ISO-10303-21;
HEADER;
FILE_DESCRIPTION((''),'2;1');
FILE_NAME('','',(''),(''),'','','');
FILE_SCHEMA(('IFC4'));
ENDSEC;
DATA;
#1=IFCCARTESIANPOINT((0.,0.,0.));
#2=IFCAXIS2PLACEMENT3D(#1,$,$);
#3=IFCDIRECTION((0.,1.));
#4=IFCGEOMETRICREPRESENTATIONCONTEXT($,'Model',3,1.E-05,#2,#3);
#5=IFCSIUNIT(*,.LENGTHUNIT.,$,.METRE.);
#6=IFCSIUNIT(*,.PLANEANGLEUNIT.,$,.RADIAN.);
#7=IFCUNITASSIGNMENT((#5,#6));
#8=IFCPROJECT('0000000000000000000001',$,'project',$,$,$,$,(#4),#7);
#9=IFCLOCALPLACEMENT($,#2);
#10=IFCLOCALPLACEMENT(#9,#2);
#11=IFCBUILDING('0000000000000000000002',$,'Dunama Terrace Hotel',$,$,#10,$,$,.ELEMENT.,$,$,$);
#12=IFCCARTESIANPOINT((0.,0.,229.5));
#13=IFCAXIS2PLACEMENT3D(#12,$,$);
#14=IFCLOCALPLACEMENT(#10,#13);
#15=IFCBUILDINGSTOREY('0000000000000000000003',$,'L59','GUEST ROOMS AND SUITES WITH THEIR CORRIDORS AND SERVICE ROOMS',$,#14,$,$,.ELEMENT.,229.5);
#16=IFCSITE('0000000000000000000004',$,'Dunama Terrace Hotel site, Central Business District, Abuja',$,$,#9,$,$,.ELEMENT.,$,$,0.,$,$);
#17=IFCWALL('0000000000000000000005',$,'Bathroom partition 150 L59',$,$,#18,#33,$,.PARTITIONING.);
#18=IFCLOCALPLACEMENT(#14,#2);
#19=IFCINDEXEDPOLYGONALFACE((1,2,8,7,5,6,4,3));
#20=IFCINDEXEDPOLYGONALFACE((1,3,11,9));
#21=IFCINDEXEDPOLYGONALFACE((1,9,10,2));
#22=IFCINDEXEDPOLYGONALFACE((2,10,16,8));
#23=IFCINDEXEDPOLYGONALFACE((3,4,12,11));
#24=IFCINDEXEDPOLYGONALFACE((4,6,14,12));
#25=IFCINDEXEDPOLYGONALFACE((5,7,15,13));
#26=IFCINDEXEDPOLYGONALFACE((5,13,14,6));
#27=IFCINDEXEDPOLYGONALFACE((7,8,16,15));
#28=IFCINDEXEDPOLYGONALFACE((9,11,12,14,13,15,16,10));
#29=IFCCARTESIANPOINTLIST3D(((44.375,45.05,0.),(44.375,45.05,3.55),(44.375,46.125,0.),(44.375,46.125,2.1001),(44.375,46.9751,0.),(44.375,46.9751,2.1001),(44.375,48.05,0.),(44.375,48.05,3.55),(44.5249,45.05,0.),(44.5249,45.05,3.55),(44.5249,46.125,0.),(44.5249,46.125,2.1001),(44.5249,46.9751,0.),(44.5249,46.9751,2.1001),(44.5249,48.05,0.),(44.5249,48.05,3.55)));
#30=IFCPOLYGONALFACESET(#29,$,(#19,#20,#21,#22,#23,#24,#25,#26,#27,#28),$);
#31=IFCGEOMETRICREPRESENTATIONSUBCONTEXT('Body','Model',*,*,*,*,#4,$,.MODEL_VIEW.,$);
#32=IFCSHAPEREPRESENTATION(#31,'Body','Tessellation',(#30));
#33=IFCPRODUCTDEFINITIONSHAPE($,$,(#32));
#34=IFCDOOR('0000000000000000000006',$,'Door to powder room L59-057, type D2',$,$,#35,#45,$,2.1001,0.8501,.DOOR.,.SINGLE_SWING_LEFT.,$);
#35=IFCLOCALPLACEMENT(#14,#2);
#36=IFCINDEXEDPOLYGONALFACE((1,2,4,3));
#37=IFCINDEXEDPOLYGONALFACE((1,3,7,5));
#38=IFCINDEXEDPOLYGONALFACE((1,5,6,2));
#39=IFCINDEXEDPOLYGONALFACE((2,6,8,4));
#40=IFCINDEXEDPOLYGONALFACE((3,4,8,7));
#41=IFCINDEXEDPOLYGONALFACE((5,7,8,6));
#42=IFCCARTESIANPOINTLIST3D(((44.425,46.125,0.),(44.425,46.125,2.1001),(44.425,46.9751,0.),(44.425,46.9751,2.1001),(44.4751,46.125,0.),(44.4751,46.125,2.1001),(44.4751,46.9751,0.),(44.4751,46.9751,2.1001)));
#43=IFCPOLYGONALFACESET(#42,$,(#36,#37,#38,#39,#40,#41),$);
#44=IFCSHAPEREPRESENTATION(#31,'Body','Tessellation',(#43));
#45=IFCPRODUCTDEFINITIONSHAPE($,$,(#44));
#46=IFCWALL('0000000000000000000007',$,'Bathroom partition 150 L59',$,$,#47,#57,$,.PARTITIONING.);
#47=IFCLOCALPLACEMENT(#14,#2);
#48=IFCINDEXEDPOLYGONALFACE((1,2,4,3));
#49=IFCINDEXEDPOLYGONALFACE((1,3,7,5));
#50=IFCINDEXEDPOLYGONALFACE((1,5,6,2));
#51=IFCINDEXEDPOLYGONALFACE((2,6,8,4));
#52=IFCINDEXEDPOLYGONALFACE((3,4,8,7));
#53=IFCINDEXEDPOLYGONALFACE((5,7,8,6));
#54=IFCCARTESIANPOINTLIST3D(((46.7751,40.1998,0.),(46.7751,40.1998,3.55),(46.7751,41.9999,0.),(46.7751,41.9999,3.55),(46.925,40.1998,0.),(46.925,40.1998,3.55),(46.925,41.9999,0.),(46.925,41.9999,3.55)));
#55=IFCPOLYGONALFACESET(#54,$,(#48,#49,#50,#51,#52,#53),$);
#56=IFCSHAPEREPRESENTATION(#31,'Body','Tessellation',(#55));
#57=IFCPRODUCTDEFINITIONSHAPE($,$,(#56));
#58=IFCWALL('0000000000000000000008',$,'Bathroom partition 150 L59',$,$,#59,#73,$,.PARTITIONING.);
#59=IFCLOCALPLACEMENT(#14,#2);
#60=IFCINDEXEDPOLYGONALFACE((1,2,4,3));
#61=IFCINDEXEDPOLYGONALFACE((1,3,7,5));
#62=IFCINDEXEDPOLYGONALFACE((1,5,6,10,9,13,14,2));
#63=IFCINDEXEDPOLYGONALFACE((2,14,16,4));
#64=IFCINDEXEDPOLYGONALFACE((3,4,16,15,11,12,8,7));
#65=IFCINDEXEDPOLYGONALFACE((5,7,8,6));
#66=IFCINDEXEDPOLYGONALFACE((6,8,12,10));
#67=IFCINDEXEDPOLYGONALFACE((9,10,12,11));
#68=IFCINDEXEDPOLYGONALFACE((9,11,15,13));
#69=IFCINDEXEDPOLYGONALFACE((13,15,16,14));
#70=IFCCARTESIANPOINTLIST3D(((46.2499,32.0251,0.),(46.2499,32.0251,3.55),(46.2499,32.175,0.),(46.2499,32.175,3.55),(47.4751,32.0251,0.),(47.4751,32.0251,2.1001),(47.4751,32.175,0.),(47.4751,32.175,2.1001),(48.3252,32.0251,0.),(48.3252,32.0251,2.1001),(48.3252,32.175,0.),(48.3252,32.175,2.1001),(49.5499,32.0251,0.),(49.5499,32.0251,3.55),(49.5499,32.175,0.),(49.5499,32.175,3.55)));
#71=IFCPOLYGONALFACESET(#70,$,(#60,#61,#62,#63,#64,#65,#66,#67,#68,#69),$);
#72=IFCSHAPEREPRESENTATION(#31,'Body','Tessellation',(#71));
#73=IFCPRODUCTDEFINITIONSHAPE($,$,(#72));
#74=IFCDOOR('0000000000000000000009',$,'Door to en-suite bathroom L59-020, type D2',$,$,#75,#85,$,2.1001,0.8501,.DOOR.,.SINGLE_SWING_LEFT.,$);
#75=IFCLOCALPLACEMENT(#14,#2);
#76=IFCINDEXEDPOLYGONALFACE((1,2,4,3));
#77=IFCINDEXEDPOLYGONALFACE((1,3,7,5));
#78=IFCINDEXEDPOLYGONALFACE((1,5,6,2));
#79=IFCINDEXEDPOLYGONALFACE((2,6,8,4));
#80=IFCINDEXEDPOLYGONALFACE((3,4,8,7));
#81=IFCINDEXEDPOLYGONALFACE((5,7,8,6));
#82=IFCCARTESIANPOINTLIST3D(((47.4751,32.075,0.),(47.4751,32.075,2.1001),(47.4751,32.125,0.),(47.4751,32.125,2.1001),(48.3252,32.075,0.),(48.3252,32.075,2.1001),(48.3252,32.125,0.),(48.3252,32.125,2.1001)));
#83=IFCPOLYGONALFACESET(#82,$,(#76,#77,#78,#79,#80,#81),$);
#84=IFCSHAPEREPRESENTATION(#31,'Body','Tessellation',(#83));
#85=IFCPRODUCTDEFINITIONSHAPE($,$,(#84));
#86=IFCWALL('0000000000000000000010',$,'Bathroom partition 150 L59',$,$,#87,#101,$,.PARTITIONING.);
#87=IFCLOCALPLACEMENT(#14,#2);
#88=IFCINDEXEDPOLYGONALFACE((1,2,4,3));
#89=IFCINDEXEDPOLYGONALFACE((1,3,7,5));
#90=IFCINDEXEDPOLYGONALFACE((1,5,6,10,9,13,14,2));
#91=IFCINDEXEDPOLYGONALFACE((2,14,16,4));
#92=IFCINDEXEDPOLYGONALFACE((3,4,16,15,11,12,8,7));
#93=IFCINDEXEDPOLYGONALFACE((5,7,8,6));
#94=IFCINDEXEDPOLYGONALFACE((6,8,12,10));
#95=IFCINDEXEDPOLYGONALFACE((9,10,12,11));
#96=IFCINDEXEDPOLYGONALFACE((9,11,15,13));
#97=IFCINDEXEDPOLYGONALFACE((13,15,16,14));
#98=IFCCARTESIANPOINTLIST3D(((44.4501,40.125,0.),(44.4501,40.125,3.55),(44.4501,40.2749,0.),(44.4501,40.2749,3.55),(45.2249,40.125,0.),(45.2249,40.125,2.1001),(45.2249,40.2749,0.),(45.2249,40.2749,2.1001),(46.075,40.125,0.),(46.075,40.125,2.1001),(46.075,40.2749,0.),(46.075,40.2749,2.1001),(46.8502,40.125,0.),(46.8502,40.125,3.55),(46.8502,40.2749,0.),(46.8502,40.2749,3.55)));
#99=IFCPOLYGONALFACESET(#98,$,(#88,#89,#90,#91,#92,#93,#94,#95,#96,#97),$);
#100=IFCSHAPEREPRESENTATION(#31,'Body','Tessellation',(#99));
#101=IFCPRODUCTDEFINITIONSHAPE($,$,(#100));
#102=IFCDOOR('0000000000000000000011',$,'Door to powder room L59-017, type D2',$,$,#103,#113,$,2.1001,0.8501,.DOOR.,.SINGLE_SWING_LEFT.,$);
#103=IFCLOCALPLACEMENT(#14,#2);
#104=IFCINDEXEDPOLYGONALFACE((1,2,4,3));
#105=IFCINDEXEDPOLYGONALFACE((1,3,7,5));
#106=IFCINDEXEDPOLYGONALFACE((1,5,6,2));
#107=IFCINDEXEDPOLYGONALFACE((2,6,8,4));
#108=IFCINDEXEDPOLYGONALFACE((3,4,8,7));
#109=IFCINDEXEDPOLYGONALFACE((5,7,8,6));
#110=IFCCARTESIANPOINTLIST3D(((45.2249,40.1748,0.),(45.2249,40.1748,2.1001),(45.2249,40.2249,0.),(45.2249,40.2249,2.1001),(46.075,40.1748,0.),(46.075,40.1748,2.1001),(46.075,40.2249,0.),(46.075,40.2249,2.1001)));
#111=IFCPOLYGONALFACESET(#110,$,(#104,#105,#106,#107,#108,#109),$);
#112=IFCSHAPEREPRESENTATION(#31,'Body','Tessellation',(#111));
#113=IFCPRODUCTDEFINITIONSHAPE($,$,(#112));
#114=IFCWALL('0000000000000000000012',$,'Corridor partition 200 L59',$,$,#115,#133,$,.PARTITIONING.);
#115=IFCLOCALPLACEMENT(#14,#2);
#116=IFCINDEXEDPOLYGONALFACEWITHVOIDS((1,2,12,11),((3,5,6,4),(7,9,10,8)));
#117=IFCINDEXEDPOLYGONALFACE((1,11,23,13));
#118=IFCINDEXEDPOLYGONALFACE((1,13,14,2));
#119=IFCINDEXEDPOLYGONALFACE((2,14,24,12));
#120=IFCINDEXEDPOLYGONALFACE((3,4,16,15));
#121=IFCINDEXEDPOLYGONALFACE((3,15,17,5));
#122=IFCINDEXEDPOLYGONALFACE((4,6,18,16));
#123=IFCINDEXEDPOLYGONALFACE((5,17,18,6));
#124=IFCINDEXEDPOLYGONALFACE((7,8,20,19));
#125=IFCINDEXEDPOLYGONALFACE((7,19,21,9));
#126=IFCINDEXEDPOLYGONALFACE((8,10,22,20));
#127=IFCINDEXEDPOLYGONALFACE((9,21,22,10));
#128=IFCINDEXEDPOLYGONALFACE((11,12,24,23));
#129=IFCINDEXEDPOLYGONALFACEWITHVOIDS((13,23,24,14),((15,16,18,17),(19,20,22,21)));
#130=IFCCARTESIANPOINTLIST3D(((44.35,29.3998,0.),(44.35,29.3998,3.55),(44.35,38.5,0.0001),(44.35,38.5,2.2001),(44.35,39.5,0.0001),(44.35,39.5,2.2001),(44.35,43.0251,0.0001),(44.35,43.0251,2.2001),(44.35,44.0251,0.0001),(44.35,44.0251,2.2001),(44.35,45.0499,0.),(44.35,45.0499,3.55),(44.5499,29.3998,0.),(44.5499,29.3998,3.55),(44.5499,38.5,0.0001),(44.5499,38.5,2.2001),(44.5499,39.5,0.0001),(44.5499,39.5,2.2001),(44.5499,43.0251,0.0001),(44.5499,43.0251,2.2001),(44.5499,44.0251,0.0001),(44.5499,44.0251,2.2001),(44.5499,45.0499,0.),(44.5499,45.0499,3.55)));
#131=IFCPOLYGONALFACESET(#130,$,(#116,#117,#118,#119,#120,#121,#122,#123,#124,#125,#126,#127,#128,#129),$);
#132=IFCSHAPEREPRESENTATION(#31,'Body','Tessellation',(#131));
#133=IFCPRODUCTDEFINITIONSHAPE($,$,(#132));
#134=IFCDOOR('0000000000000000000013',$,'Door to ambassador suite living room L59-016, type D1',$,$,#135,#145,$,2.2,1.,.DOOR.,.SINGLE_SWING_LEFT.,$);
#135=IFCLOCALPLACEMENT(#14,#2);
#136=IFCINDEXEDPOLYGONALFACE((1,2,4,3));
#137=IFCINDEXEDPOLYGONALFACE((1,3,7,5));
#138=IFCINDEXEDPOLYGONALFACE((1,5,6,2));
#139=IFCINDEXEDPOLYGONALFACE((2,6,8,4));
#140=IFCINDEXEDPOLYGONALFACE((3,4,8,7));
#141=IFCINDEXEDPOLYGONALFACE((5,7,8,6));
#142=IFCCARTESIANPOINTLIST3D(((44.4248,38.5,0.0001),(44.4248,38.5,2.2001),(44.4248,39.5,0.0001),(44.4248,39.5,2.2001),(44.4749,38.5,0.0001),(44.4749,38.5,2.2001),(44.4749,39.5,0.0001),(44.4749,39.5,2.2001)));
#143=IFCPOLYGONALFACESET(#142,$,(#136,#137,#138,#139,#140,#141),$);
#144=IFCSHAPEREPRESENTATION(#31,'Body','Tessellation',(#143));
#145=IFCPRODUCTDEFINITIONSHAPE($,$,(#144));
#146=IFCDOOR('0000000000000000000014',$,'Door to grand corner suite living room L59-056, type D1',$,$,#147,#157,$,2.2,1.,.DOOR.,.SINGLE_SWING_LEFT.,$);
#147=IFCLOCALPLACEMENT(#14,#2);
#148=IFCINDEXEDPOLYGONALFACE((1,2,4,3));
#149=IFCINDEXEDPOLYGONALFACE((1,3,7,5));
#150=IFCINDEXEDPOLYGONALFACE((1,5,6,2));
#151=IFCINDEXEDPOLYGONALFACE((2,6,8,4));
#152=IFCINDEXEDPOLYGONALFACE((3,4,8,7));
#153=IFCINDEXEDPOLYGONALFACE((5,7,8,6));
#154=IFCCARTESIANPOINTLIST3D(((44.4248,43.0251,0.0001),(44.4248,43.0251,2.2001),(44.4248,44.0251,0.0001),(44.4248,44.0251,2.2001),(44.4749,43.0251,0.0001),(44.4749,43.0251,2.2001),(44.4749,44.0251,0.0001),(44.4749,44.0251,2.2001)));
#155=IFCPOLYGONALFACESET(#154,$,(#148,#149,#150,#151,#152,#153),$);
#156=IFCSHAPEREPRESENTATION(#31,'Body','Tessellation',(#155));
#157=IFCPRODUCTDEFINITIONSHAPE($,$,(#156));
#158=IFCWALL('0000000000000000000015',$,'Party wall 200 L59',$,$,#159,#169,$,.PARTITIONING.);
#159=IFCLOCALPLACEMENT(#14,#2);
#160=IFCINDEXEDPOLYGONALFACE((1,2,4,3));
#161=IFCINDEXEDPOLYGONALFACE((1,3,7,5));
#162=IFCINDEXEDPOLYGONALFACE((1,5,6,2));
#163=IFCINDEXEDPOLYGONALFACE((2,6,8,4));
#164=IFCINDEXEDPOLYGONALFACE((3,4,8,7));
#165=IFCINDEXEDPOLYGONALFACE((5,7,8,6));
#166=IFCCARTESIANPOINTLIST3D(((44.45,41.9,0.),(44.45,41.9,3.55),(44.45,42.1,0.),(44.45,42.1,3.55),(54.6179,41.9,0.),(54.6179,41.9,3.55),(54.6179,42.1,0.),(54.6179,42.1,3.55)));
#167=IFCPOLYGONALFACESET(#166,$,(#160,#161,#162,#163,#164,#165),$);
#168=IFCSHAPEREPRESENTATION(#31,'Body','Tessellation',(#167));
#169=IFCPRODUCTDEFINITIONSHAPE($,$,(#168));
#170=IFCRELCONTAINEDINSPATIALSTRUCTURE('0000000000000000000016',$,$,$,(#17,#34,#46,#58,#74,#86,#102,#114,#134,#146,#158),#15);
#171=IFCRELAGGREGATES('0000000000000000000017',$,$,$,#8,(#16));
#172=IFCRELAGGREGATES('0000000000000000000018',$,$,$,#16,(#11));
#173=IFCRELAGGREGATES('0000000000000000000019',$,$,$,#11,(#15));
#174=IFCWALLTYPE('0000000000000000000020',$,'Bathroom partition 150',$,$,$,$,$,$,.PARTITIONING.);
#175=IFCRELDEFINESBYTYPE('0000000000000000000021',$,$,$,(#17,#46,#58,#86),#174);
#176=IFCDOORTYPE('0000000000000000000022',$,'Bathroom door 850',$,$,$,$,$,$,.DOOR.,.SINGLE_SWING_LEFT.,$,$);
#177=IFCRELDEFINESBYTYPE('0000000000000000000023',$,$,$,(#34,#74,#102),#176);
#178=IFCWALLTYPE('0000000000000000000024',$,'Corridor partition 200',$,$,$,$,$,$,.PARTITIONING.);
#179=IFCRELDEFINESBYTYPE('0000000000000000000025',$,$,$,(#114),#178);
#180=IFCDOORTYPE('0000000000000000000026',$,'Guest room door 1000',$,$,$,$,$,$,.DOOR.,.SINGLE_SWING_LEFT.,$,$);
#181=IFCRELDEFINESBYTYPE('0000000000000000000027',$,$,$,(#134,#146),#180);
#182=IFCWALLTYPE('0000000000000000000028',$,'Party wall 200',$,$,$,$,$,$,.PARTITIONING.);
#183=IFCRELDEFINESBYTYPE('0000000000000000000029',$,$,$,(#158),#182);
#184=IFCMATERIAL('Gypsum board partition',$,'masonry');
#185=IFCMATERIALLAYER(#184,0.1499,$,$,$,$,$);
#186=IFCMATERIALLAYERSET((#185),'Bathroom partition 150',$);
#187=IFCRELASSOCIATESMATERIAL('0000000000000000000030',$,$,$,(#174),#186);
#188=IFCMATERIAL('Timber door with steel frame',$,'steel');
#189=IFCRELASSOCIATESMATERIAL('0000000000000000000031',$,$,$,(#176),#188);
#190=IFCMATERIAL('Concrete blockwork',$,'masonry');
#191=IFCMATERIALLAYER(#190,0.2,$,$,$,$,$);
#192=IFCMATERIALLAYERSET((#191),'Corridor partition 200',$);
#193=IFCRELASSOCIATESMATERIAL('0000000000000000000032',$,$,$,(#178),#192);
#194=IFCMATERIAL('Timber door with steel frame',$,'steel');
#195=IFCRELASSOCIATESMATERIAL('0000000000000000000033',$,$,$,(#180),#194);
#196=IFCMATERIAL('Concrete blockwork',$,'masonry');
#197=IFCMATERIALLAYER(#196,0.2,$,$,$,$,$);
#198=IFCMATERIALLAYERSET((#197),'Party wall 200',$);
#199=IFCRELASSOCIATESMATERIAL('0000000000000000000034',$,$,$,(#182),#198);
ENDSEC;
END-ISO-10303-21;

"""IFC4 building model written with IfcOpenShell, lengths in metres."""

from ifc_helpers import new_model, si_unit, direction, frame, frame_2d, origin, place, context, subcontext, project, spatial, rectangle, extrude, material, layer, layer_set, type_object, element, fill, save


model = new_model("IFC4")

# Units and contexts
model_context = context("Model", 3, precision=1e-05, world=origin(), true_north=direction((0.0, 1.0)))
body_context = subcontext(model_context, "Body", "Model", "MODEL_VIEW")
ifc_project = project(units=[si_unit("LENGTHUNIT", "METRE"), si_unit("PLANEANGLEUNIT", "RADIAN")], contexts=[model_context])

# Site, building, storey
site_placement = place(None, origin())
site = spatial("IfcSite", under=ifc_project, at=site_placement, Name="Dunama Terrace Hotel site, Central Business District, Abuja", CompositionType="ELEMENT", RefElevation=0.0)
building_placement = place(site_placement, origin())
building = spatial("IfcBuilding", under=site, at=building_placement, Name="Dunama Terrace Hotel", CompositionType="ELEMENT")
storey_placement = place(building_placement, frame((0.0, 0.0, 229.5)))
storey = spatial("IfcBuildingStorey", under=building, at=storey_placement, Name="L59", Description="GUEST ROOMS AND SUITES WITH THEIR CORRIDORS AND SERVICE ROOMS", CompositionType="ELEMENT", Elevation=229.5)

# Wall, opening, door
ifc_material_1 = material(Name="Gypsum board partition", Category="masonry")
ifc_layer_1 = layer(ifc_material_1, 0.1499)
ifc_layer_set_1 = layer_set([ifc_layer_1], Name="Bathroom partition 150")
wall_type_1 = type_object("IfcWallType", Name="Bathroom partition 150", PredefinedType="PARTITIONING", material=ifc_layer_set_1)
wall_1_placement = place(storey_placement, frame((44.45, 45.05, 0.0), z_axis=(0.0, 0.0, 1.0), x_axis=(0.0, 1.0, 0.0)))
wall_1 = element("IfcWall", 1, at=wall_1_placement, inside=storey, type_object=wall_type_1, Name="Bathroom partition 150 L59", PredefinedType="PARTITIONING", context=body_context, shape_type="SweptSolid", body=[
    extrude(rectangle(XDim=3.0, YDim=0.1499, at=frame_2d((1.5, 0.0))), origin(), (0.0, 0.0, 1.0), 3.55),
])
opening_1_placement = place(wall_1_placement, frame((1.075, 0.0, 0.0)))
opening_1 = element("IfcOpeningElement", 2, at=opening_1_placement, cuts=wall_1, PredefinedType="OPENING", context=body_context, shape_type="SweptSolid", body=[
    extrude(rectangle(XDim=0.8501, YDim=2.1001, at=frame_2d((0.425, 1.05))), frame((0.0, 0.085, 0.0), z_axis=(0.0, -1.0, 0.0), x_axis=(1.0, 0.0, 0.0)), (0.0, 0.0, 1.0), 0.1699),
])
ifc_material_2 = material(Name="Timber door with steel frame", Category="steel")
door_type_1 = type_object("IfcDoorType", Name="Bathroom door 850", OperationType="SINGLE_SWING_LEFT", PredefinedType="DOOR", material=ifc_material_2)
door_1_placement = place(opening_1_placement, origin())
door_1 = element("IfcDoor", 3, at=door_1_placement, inside=storey, type_object=door_type_1, Name="Door to powder room L59-057, type D2", OperationType="SINGLE_SWING_LEFT", OverallHeight=2.1001, OverallWidth=0.8501, PredefinedType="DOOR", context=body_context, shape_type="SweptSolid", body=[
    extrude(rectangle(XDim=0.8501, YDim=2.1001, at=frame_2d((0.425, 1.05))), frame((0.0, 0.0249, 0.0), z_axis=(0.0, -1.0, 0.0), x_axis=(1.0, 0.0, 0.0)), (0.0, 0.0, 1.0), 0.05),
])
fill(opening_1, door_1)

# Wall
wall_2_placement = place(storey_placement, frame((46.8501, 40.2, 0.0), z_axis=(0.0, 0.0, 1.0), x_axis=(0.0, 1.0, 0.0)))
element("IfcWall", 4, at=wall_2_placement, inside=storey, type_object=wall_type_1, Name="Bathroom partition 150 L59", PredefinedType="PARTITIONING", context=body_context, shape_type="SweptSolid", body=[
    extrude(rectangle(XDim=1.8, YDim=0.1499, at=frame_2d((0.8999, 0.0))), origin(), (0.0, 0.0, 1.0), 3.55),
])

# Walls, openings, doors
wall_3_placement = place(storey_placement, frame((46.25, 32.1001, 0.0), z_axis=(0.0, 0.0, 1.0), x_axis=(1.0, 0.0, 0.0)))
wall_3 = element("IfcWall", 5, at=wall_3_placement, inside=storey, type_object=wall_type_1, Name="Bathroom partition 150 L59", PredefinedType="PARTITIONING", context=body_context, shape_type="SweptSolid", body=[
    extrude(rectangle(XDim=3.3, YDim=0.1499, at=frame_2d((1.6499, 0.0))), origin(), (0.0, 0.0, 1.0), 3.55),
])
opening_2_placement = place(wall_3_placement, frame((1.2251, 0.0, 0.0)))
opening_2 = element("IfcOpeningElement", 6, at=opening_2_placement, cuts=wall_3, PredefinedType="OPENING", context=body_context, shape_type="SweptSolid", body=[
    extrude(rectangle(XDim=0.8501, YDim=2.1001, at=frame_2d((0.425, 1.05))), frame((0.0, 0.085, 0.0), z_axis=(0.0, -1.0, 0.0), x_axis=(1.0, 0.0, 0.0)), (0.0, 0.0, 1.0), 0.1699),
])
door_2_placement = place(opening_2_placement, frame((0.8501, 0.0, 0.0), z_axis=(0.0, 0.0, 1.0), x_axis=(-1.0, 0.0, 0.0)))
door_2 = element("IfcDoor", 7, at=door_2_placement, inside=storey, type_object=door_type_1, Name="Door to en-suite bathroom L59-020, type D2", OperationType="SINGLE_SWING_LEFT", OverallHeight=2.1001, OverallWidth=0.8501, PredefinedType="DOOR", context=body_context, shape_type="SweptSolid", body=[
    extrude(rectangle(XDim=0.8501, YDim=2.1001, at=frame_2d((0.425, 1.05))), frame((0.0, 0.0251, 0.0), z_axis=(0.0, -1.0, 0.0), x_axis=(1.0, 0.0, 0.0)), (0.0, 0.0, 1.0), 0.05),
])
fill(opening_2, door_2)
wall_4_placement = place(storey_placement, frame((44.45, 40.2, 0.0), z_axis=(0.0, 0.0, 1.0), x_axis=(1.0, 0.0, 0.0)))
wall_4 = element("IfcWall", 8, at=wall_4_placement, inside=storey, type_object=wall_type_1, Name="Bathroom partition 150 L59", PredefinedType="PARTITIONING", context=body_context, shape_type="SweptSolid", body=[
    extrude(rectangle(XDim=2.4001, YDim=0.1499, at=frame_2d((1.2002, 0.0))), origin(), (0.0, 0.0, 1.0), 3.55),
])
opening_3_placement = place(wall_4_placement, frame((0.7749, 0.0, 0.0)))
opening_3 = element("IfcOpeningElement", 9, at=opening_3_placement, cuts=wall_4, PredefinedType="OPENING", context=body_context, shape_type="SweptSolid", body=[
    extrude(rectangle(XDim=0.8501, YDim=2.1001, at=frame_2d((0.425, 1.05))), frame((0.0, 0.085, 0.0), z_axis=(0.0, -1.0, 0.0), x_axis=(1.0, 0.0, 0.0)), (0.0, 0.0, 1.0), 0.1699),
])
door_3_placement = place(opening_3_placement, origin())
door_3 = element("IfcDoor", 10, at=door_3_placement, inside=storey, type_object=door_type_1, Name="Door to powder room L59-017, type D2", OperationType="SINGLE_SWING_LEFT", OverallHeight=2.1001, OverallWidth=0.8501, PredefinedType="DOOR", context=body_context, shape_type="SweptSolid", body=[
    extrude(rectangle(XDim=0.8501, YDim=2.1001, at=frame_2d((0.425, 1.05))), frame((0.0, 0.0249, 0.0), z_axis=(0.0, -1.0, 0.0), x_axis=(1.0, 0.0, 0.0)), (0.0, 0.0, 1.0), 0.05),
])
fill(opening_3, door_3)

# Wall, openings, doors
ifc_material_3 = material(Name="Concrete blockwork", Category="masonry")
ifc_layer_2 = layer(ifc_material_3, 0.2)
ifc_layer_set_2 = layer_set([ifc_layer_2], Name="Corridor partition 200")
wall_type_2 = type_object("IfcWallType", Name="Corridor partition 200", PredefinedType="PARTITIONING", material=ifc_layer_set_2)
wall_5_placement = place(storey_placement, frame((44.45, 45.05, 0.0), z_axis=(0.0, 0.0, 1.0), x_axis=(0.0, -1.0, 0.0)))
wall_5 = element("IfcWall", 11, at=wall_5_placement, inside=storey, type_object=wall_type_2, Name="Corridor partition 200 L59", PredefinedType="PARTITIONING", context=body_context, shape_type="SweptSolid", body=[
    extrude(rectangle(XDim=15.6501, YDim=0.2, at=frame_2d((7.8252, 0.0))), origin(), (0.0, 0.0, 1.0), 3.55),
])
opening_4_placement = place(wall_5_placement, frame((5.55, 0.0, 0.0)))
opening_4 = element("IfcOpeningElement", 12, at=opening_4_placement, cuts=wall_5, PredefinedType="OPENING", context=body_context, shape_type="SweptSolid", body=[
    extrude(rectangle(XDim=1.0, YDim=2.2, at=frame_2d((0.5, 1.1001))), frame((0.0, 0.1099, 0.0), z_axis=(0.0, -1.0, 0.0), x_axis=(1.0, 0.0, 0.0)), (0.0, 0.0, 1.0), 0.22),
])
opening_5_placement = place(wall_5_placement, frame((1.0249, 0.0, 0.0)))
opening_5 = element("IfcOpeningElement", 13, at=opening_5_placement, cuts=wall_5, PredefinedType="OPENING", context=body_context, shape_type="SweptSolid", body=[
    extrude(rectangle(XDim=1.0, YDim=2.2, at=frame_2d((0.5, 1.1001))), frame((0.0, 0.1099, 0.0), z_axis=(0.0, -1.0, 0.0), x_axis=(1.0, 0.0, 0.0)), (0.0, 0.0, 1.0), 0.22),
])
ifc_material_4 = material(Name="Timber door with steel frame", Category="steel")
door_type_2 = type_object("IfcDoorType", Name="Guest room door 1000", OperationType="SINGLE_SWING_LEFT", PredefinedType="DOOR", material=ifc_material_4)
door_4_placement = place(opening_4_placement, origin())
door_4 = element("IfcDoor", 14, at=door_4_placement, inside=storey, type_object=door_type_2, Name="Door to ambassador suite living room L59-016, type D1", OperationType="SINGLE_SWING_LEFT", OverallHeight=2.2, OverallWidth=1.0, PredefinedType="DOOR", context=body_context, shape_type="SweptSolid", body=[
    extrude(rectangle(XDim=1.0, YDim=2.2, at=frame_2d((0.5, 1.1001))), frame((0.0, 0.0249, 0.0), z_axis=(0.0, -1.0, 0.0), x_axis=(1.0, 0.0, 0.0)), (0.0, 0.0, 1.0), 0.05),
])
fill(opening_4, door_4)
door_5_placement = place(opening_5_placement, origin())
door_5 = element("IfcDoor", 15, at=door_5_placement, inside=storey, type_object=door_type_2, Name="Door to grand corner suite living room L59-056, type D1", OperationType="SINGLE_SWING_LEFT", OverallHeight=2.2, OverallWidth=1.0, PredefinedType="DOOR", context=body_context, shape_type="SweptSolid", body=[
    extrude(rectangle(XDim=1.0, YDim=2.2, at=frame_2d((0.5, 1.1001))), frame((0.0, 0.0249, 0.0), z_axis=(0.0, -1.0, 0.0), x_axis=(1.0, 0.0, 0.0)), (0.0, 0.0, 1.0), 0.05),
])
fill(opening_5, door_5)

# Wall
ifc_material_5 = material(Name="Concrete blockwork", Category="masonry")
ifc_layer_3 = layer(ifc_material_5, 0.2)
ifc_layer_set_3 = layer_set([ifc_layer_3], Name="Party wall 200")
wall_type_3 = type_object("IfcWallType", Name="Party wall 200", PredefinedType="PARTITIONING", material=ifc_layer_set_3)
wall_6_placement = place(storey_placement, frame((44.45, 42.0, 0.0), z_axis=(0.0, 0.0, 1.0), x_axis=(1.0, 0.0, 0.0)))
element("IfcWall", 16, at=wall_6_placement, inside=storey, type_object=wall_type_3, Name="Party wall 200 L59", PredefinedType="PARTITIONING", context=body_context, shape_type="SweptSolid", body=[
    extrude(rectangle(XDim=10.168, YDim=0.2, at=frame_2d((5.084, 0.0))), origin(), (0.0, 0.0, 1.0), 3.55),
])

save(model, "model.ifc")
